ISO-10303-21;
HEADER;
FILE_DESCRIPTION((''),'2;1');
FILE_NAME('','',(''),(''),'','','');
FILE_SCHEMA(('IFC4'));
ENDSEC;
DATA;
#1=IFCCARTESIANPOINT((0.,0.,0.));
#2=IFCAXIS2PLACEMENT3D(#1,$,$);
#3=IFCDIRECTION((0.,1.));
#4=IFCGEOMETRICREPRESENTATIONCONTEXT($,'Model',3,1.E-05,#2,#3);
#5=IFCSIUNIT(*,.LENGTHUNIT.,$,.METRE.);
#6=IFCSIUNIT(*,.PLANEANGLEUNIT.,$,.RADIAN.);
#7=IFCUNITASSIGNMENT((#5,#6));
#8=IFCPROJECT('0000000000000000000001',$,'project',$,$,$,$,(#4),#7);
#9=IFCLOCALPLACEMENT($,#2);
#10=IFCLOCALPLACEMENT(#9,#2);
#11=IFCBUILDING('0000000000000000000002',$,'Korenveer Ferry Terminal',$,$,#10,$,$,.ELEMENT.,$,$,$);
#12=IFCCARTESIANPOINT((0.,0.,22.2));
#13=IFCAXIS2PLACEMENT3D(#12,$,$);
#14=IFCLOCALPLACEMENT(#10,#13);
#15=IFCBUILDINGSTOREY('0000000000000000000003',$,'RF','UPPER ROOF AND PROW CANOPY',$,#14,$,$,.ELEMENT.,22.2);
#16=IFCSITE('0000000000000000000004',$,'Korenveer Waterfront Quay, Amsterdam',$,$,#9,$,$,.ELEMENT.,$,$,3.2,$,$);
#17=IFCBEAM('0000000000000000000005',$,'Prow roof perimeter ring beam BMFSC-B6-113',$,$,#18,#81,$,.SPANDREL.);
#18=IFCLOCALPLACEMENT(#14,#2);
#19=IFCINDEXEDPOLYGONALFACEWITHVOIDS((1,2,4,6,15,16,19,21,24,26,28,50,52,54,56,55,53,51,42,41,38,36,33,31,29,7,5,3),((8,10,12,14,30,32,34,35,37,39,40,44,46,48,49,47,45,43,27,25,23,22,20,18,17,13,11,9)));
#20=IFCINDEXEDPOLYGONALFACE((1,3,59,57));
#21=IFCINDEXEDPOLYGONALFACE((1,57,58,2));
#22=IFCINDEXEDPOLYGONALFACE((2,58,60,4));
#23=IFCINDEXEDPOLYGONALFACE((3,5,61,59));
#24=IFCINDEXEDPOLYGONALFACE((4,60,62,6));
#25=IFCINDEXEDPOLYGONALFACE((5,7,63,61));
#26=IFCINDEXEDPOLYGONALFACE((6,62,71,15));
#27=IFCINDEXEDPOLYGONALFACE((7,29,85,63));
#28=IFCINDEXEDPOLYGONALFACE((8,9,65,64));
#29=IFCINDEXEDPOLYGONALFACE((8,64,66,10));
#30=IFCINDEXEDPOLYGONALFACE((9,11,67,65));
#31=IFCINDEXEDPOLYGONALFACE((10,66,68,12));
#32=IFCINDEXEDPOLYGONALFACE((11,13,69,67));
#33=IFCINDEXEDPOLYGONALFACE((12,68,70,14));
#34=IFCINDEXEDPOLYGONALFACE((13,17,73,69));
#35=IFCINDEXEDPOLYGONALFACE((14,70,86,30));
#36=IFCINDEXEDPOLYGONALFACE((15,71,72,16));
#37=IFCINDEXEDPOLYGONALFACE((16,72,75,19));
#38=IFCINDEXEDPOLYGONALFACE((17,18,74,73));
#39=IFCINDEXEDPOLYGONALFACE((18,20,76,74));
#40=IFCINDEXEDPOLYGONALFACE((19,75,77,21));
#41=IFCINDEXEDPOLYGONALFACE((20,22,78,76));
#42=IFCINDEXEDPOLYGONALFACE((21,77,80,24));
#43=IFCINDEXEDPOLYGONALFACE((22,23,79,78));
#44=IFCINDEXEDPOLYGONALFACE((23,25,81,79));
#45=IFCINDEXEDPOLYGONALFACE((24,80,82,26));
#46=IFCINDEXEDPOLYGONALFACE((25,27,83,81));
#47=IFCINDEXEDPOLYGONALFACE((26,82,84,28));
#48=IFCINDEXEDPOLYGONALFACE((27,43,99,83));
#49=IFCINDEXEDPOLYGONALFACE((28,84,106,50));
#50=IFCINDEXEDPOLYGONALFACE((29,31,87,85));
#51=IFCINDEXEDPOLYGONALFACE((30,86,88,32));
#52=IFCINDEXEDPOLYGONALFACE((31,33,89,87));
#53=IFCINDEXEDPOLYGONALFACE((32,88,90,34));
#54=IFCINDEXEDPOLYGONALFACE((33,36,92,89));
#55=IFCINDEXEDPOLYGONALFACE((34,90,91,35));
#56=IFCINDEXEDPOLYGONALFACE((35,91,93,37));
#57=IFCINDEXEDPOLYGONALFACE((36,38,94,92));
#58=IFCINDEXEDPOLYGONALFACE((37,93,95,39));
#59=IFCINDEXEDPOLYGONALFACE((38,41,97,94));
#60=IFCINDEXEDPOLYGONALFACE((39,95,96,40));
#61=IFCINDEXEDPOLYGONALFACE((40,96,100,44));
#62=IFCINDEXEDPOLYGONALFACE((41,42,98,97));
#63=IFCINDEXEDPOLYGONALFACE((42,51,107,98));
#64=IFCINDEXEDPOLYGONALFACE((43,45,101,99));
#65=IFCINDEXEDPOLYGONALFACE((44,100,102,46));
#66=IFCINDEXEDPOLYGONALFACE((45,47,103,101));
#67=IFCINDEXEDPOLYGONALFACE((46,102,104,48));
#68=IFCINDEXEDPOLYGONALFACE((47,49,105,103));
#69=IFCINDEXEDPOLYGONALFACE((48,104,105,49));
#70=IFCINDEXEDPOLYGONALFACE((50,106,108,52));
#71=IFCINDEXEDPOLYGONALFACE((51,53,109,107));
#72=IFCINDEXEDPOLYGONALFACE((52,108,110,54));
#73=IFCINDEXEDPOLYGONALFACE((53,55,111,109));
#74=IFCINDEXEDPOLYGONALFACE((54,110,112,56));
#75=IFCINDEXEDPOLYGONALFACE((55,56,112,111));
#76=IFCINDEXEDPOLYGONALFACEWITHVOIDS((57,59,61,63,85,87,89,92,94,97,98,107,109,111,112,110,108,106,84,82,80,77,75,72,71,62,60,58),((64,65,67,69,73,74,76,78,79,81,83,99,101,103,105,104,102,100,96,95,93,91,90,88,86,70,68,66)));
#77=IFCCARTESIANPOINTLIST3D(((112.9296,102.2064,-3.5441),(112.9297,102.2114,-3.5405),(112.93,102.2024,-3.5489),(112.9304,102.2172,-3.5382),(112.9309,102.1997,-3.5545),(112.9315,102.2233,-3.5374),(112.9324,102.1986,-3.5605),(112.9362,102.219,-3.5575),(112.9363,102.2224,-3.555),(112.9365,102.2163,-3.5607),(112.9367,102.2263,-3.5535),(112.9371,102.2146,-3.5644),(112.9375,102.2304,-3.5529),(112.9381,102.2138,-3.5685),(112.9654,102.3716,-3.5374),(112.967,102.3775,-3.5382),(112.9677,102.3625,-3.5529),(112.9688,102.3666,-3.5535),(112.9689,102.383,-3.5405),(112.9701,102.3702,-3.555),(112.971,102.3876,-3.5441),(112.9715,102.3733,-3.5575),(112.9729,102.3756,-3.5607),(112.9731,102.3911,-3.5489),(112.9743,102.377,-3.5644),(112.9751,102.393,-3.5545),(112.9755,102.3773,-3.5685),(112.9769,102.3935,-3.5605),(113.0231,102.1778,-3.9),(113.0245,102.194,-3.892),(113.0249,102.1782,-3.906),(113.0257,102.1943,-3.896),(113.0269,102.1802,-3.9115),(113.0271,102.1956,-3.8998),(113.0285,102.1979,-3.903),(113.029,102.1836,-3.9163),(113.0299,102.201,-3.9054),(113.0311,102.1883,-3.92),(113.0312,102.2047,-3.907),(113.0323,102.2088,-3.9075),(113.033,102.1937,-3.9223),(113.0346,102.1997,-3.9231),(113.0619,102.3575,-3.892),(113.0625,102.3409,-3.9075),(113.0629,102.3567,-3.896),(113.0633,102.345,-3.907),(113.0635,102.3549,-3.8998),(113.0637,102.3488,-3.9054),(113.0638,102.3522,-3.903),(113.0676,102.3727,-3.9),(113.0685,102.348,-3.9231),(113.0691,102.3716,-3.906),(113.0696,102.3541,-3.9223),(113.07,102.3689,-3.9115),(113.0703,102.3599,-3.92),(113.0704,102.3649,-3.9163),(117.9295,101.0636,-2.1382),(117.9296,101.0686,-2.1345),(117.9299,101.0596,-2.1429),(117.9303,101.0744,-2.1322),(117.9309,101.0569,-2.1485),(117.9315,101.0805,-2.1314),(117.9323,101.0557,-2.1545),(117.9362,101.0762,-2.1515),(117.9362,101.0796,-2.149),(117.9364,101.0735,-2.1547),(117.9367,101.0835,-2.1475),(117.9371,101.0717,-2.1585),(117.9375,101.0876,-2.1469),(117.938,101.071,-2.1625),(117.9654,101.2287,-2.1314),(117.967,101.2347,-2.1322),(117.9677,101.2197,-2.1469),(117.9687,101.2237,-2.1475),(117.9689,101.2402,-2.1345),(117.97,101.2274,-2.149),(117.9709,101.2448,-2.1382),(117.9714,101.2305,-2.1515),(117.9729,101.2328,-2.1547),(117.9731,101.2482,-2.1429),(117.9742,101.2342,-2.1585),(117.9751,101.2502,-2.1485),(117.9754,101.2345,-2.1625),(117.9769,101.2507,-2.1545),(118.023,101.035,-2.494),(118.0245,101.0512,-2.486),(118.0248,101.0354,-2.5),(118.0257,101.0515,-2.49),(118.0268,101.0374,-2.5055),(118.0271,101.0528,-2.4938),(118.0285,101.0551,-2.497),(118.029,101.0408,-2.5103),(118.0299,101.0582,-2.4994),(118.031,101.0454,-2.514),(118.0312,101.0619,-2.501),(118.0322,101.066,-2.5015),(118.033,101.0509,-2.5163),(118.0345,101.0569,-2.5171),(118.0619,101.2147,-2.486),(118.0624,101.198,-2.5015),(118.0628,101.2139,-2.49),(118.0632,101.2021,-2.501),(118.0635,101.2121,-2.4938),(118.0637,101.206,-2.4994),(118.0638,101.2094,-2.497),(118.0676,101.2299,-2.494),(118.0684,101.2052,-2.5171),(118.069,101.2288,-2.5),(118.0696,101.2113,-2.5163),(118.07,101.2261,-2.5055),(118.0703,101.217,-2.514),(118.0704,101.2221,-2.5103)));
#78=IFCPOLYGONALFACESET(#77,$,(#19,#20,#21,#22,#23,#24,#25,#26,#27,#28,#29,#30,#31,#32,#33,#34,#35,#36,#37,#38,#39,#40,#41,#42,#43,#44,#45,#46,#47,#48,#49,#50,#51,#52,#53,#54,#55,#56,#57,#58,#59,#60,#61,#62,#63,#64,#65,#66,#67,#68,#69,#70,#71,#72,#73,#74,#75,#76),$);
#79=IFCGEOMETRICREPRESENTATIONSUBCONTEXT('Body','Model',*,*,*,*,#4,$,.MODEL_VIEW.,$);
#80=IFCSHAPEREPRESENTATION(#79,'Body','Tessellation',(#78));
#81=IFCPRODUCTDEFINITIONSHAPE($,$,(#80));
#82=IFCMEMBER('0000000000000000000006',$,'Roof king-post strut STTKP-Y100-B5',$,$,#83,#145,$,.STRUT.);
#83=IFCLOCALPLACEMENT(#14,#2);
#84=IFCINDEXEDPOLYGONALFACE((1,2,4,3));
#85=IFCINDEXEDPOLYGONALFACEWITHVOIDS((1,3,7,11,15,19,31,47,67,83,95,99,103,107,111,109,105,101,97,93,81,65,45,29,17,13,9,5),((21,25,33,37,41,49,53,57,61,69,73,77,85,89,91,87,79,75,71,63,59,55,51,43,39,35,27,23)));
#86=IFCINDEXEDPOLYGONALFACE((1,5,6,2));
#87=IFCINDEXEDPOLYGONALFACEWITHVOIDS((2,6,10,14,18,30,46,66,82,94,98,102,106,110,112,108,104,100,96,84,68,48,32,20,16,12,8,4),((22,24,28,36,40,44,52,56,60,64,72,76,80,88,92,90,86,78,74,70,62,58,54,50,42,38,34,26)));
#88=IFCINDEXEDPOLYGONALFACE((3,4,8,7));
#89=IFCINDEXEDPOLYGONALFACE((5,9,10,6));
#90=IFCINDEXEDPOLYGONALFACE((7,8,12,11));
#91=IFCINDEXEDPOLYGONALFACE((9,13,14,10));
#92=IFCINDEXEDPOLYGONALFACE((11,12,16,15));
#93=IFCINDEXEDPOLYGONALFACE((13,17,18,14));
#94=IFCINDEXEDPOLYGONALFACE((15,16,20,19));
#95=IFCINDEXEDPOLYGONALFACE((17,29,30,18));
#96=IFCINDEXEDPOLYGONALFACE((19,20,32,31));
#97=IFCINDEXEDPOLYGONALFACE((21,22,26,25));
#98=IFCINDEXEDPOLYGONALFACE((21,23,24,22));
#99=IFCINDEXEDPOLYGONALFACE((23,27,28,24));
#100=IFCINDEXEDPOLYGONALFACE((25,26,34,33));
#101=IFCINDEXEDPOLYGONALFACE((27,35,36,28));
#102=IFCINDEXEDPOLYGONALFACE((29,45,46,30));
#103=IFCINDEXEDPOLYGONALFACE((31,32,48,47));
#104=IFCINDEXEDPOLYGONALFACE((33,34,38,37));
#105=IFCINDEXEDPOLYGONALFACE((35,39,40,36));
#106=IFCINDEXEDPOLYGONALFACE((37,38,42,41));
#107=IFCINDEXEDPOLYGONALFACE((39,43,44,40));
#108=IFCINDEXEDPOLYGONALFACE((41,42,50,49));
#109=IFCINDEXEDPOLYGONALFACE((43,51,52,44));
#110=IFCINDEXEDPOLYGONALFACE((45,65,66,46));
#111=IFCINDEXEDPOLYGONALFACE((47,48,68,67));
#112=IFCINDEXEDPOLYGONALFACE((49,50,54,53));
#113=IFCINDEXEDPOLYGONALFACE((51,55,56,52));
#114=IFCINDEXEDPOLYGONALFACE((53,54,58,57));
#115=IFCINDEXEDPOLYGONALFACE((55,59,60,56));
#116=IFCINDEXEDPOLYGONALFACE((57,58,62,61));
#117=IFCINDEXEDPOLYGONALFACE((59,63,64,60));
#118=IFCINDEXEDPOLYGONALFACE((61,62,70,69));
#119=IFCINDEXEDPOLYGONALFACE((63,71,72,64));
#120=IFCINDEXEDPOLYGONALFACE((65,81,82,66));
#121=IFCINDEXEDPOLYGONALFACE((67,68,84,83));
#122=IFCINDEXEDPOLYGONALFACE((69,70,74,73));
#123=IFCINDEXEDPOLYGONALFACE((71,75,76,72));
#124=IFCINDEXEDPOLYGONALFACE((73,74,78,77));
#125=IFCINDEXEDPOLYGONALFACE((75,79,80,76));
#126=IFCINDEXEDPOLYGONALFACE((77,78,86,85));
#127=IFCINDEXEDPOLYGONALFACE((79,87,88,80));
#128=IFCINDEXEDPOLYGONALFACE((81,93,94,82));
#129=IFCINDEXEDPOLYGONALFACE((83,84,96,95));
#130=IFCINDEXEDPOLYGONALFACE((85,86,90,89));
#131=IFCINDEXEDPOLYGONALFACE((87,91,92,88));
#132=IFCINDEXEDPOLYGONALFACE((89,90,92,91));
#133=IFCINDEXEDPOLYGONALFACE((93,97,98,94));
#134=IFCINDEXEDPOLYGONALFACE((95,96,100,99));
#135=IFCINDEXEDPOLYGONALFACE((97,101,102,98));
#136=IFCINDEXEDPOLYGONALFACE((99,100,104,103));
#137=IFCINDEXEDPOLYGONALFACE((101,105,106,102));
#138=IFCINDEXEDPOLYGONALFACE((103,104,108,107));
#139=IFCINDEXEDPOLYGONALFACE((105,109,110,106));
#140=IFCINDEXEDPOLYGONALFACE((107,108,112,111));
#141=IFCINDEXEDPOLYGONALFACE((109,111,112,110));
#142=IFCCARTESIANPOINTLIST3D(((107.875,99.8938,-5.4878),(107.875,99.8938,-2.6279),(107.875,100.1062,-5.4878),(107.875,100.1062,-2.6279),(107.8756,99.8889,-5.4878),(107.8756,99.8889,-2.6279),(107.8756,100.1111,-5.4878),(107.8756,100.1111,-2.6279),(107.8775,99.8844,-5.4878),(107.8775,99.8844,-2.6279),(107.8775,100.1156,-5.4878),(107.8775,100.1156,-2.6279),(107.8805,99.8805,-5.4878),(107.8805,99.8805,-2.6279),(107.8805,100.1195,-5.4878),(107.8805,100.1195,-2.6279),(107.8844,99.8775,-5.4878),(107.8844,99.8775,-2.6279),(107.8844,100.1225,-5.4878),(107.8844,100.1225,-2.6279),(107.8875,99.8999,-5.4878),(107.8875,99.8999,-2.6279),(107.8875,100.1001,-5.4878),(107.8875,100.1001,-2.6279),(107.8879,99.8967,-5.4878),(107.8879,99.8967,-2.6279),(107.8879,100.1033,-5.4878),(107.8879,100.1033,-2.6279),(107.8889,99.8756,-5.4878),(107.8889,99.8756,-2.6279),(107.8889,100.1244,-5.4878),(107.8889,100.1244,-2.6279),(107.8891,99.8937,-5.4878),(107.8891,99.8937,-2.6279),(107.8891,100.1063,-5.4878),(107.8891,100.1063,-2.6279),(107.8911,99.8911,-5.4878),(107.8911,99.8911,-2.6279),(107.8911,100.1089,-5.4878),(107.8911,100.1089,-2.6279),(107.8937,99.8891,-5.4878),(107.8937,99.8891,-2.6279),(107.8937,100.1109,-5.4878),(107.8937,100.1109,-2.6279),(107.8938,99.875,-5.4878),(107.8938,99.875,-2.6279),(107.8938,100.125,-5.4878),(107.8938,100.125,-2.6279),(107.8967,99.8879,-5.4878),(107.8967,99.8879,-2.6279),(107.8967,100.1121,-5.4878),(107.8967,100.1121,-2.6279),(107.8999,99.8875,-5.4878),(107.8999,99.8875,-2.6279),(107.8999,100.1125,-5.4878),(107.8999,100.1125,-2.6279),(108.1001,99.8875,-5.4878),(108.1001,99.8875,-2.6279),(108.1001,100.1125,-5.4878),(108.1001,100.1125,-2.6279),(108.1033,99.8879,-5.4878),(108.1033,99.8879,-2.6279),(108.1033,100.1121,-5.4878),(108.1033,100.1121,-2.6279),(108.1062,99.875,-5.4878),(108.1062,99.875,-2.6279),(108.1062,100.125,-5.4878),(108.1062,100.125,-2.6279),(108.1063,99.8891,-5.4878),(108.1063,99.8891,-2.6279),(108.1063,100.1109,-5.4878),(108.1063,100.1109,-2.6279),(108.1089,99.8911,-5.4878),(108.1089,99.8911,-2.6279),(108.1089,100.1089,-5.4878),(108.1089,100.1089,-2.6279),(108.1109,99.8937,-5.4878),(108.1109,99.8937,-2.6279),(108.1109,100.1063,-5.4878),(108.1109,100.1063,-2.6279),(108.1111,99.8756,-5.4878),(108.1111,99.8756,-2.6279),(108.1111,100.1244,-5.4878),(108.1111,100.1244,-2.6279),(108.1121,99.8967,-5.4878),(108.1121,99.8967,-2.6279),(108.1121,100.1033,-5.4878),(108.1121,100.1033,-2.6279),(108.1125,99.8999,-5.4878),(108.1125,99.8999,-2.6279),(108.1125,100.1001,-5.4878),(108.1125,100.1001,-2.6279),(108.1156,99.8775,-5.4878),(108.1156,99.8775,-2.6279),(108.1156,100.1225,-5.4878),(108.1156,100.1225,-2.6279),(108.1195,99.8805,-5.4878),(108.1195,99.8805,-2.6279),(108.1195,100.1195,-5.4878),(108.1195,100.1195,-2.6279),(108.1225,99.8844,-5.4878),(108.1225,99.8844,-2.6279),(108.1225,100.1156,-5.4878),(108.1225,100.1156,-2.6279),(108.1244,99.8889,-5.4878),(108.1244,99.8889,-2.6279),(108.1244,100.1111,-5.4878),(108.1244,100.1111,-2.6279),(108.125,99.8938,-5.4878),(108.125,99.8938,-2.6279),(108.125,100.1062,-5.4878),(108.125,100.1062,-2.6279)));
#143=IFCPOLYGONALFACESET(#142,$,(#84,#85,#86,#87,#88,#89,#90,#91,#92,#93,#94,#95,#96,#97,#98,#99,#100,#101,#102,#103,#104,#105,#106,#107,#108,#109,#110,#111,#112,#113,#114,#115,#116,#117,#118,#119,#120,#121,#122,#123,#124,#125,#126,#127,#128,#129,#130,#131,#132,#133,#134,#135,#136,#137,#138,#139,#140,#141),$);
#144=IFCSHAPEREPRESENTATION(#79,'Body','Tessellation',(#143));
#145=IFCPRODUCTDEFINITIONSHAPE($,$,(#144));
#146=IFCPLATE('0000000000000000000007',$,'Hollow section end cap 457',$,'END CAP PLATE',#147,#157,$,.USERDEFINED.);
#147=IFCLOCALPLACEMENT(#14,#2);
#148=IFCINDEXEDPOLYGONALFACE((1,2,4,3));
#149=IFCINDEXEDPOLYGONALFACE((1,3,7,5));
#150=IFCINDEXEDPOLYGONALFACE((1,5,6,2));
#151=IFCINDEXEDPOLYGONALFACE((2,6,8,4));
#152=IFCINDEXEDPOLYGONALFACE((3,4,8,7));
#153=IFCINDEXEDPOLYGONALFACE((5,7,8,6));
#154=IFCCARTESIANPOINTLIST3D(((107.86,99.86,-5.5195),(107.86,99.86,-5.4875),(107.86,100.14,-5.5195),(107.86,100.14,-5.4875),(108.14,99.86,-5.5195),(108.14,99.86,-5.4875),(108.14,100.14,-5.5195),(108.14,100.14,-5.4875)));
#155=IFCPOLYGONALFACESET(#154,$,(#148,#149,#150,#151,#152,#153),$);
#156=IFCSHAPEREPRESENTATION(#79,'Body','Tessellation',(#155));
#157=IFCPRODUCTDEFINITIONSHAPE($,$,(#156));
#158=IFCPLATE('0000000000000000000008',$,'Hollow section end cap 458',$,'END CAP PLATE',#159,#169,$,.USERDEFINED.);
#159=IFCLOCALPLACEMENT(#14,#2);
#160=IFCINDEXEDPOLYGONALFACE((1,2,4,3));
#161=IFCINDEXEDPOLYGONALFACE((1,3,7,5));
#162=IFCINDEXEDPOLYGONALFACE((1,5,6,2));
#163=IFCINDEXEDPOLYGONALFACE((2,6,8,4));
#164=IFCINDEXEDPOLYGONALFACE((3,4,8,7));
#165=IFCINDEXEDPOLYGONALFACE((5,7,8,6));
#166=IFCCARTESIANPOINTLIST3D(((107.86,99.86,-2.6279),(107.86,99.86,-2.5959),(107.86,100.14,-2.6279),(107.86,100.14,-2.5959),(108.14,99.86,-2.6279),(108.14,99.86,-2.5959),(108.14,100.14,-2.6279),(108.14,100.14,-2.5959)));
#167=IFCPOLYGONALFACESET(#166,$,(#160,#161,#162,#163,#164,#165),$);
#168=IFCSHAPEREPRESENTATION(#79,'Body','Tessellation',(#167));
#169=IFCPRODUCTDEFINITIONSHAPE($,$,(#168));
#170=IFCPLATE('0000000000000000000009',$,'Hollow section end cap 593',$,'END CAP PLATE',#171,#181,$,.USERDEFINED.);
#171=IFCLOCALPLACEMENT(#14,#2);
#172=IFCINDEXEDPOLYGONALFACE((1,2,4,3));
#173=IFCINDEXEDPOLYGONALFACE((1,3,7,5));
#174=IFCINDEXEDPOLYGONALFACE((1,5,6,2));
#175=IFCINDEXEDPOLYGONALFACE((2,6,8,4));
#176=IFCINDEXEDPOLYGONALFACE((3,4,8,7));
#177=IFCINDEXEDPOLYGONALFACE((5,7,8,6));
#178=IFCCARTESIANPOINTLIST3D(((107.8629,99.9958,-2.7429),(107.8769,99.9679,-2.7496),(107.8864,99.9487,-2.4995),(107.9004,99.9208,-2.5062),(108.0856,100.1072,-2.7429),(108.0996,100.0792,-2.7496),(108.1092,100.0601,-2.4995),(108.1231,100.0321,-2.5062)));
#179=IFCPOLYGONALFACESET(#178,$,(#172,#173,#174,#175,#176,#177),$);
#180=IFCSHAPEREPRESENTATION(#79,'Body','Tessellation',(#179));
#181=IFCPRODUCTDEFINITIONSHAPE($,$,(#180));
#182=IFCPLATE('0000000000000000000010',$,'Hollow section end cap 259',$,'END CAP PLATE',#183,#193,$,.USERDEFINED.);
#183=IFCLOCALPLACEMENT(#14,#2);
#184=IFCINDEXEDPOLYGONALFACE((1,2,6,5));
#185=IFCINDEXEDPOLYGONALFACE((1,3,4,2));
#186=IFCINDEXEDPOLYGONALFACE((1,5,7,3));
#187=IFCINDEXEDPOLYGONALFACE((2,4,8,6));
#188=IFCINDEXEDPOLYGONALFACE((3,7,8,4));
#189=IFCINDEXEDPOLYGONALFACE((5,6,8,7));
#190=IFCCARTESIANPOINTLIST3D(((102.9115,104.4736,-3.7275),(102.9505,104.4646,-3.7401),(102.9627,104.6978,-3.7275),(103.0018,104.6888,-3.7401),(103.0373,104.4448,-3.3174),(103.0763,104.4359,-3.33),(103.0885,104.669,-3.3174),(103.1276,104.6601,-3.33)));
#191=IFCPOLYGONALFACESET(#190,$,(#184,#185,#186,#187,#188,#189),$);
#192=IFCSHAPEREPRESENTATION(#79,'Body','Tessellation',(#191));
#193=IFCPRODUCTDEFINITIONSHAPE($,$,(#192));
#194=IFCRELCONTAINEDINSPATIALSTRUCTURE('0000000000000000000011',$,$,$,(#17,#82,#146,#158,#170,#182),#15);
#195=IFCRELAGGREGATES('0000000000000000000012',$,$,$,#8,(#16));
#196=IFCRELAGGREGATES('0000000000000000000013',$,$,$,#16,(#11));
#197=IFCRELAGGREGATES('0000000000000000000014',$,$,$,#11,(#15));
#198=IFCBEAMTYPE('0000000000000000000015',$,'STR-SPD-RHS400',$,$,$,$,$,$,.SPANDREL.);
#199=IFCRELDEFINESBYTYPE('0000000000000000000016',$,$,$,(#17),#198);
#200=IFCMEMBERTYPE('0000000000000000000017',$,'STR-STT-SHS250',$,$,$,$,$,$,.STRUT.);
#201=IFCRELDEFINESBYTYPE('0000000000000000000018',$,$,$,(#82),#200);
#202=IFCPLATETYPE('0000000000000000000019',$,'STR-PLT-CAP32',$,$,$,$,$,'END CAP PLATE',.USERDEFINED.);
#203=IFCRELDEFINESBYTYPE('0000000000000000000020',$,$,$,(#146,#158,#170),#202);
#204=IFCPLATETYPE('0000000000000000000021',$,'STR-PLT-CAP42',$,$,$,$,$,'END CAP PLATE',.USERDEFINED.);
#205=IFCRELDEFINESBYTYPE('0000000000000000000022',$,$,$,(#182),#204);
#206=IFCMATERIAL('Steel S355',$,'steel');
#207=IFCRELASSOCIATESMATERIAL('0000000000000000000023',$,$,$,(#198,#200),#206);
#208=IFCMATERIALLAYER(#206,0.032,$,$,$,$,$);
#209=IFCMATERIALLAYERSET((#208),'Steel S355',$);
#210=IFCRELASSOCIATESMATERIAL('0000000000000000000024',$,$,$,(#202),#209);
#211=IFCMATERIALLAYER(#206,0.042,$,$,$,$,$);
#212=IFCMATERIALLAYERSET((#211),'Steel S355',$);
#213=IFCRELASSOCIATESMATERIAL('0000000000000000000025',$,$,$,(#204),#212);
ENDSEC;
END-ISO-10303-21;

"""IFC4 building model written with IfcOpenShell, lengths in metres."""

from ifc_helpers import new_model, si_unit, direction, frame, origin, origin_2d, place, context, subcontext, project, spatial, rectangle, hollow_rectangle, extrude, material, layer, layer_set, material_profile, profile_set, type_object, element, save


model = new_model("IFC4")

# Units and contexts
model_context = context("Model", 3, precision=1e-05, world=origin(), true_north=direction((0.0, 1.0)))
body_context = subcontext(model_context, "Body", "Model", "MODEL_VIEW")
ifc_project = project(units=[si_unit("LENGTHUNIT", "METRE"), si_unit("PLANEANGLEUNIT", "RADIAN")], contexts=[model_context])

# Site, building, storey
site_placement = place(None, origin())
site = spatial("IfcSite", under=ifc_project, at=site_placement, Name="Korenveer Waterfront Quay, Amsterdam", CompositionType="ELEMENT", RefElevation=3.2)
building_placement = place(site_placement, origin())
building = spatial("IfcBuilding", under=site, at=building_placement, Name="Korenveer Ferry Terminal", CompositionType="ELEMENT")
storey_placement = place(building_placement, frame((0.0, 0.0, 22.2)))
storey = spatial("IfcBuildingStorey", under=building, at=storey_placement, Name="RF", Description="UPPER ROOF AND PROW CANOPY", CompositionType="ELEMENT", Elevation=22.2)

# Shared definitions
ifc_material_1 = material(Name="Steel S355", Category="steel")

# Beam
ifc_material_profile_1 = material_profile(ifc_material_1, hollow_rectangle(XDim=0.2, YDim=0.3999, WallThickness=0.0161, InnerFilletRadius=0.0161, OuterFilletRadius=0.0239, at=origin_2d()), Name="RHS 400x200x16")
ifc_profile_set_1 = profile_set([ifc_material_profile_1], Name="Steel S355")
beam_type_1 = type_object("IfcBeamType", Name="STR-SPD-RHS400", PredefinedType="SPANDREL", material=ifc_profile_set_1)
beam_1_placement = place(storey_placement, frame((113.0, 102.2856, -3.7302), z_axis=(0.940174, -0.21489, 0.264378), x_axis=(0.222818, 0.97486, 0.0)))
element("IfcBeam", 1, at=beam_1_placement, inside=storey, type_object=beam_type_1, Name="Prow roof perimeter ring beam BMFSC-B6-113", PredefinedType="SPANDREL", context=body_context, shape_type="SweptSolid", body=[
    extrude(hollow_rectangle(XDim=0.2, YDim=0.3999, WallThickness=0.0161, InnerFilletRadius=0.0161, OuterFilletRadius=0.0239, at=origin_2d()), origin(), (0.0, 0.0, 1.0), 5.3181),
])

# Member
ifc_material_profile_2 = material_profile(ifc_material_1, hollow_rectangle(XDim=0.25, YDim=0.25, WallThickness=0.0125, InnerFilletRadius=0.0125, OuterFilletRadius=0.0188, at=origin_2d()), Name="SHS 250x250x12.5")
ifc_profile_set_2 = profile_set([ifc_material_profile_2], Name="Steel S355")
member_type_1 = type_object("IfcMemberType", Name="STR-STT-SHS250", PredefinedType="STRUT", material=ifc_profile_set_2)
member_placement = place(storey_placement, frame((108.0, 100.0, -5.4878), z_axis=(0.0, 0.0, 1.0), x_axis=(1.0, 0.0, 0.0)))
element("IfcMember", 2, at=member_placement, inside=storey, type_object=member_type_1, Name="Roof king-post strut STTKP-Y100-B5", PredefinedType="STRUT", context=body_context, shape_type="SweptSolid", body=[
    extrude(hollow_rectangle(XDim=0.25, YDim=0.25, WallThickness=0.0125, InnerFilletRadius=0.0125, OuterFilletRadius=0.0188, at=origin_2d()), origin(), (0.0, 0.0, 1.0), 2.8599),
])

# Plates
ifc_layer_1 = layer(ifc_material_1, 0.032)
ifc_layer_set_1 = layer_set([ifc_layer_1], Name="Steel S355")
plate_type_1 = type_object("IfcPlateType", Name="STR-PLT-CAP32", ElementType="END CAP PLATE", PredefinedType="USERDEFINED", material=ifc_layer_set_1)
for number, where, z_axis, x_axis, name in (
    (3, (108.0, 100.0, -5.5195), (0.0, 0.0, 1.0), (1.0, 0.0, 0.0), "Hollow section end cap 457"),
    (4, (108.0, 100.0, -2.6279), (0.0, 0.0, 1.0), (1.0, 0.0, 0.0), "Hollow section end cap 458"),
):
    element("IfcPlate", number, at=place(storey_placement, frame(where, z_axis=z_axis, x_axis=x_axis)), inside=storey, type_object=plate_type_1, Name=name, ObjectType="END CAP PLATE", PredefinedType="USERDEFINED", context=body_context, shape_type="SweptSolid", body=[
        extrude(rectangle(XDim=0.28, YDim=0.28, at=origin_2d()), origin(), (0.0, 0.0, 1.0), 0.032),
    ])
plate_1_placement = place(storey_placement, frame((108.0, 100.0, -2.6279), z_axis=(-0.43711, 0.874221, 0.21136), x_axis=(-0.894427, -0.447214, 0.0)))
element("IfcPlate", 5, at=plate_1_placement, inside=storey, type_object=plate_type_1, Name="Hollow section end cap 593", ObjectType="END CAP PLATE", PredefinedType="USERDEFINED", context=body_context, shape_type="SweptSolid", body=[
    extrude(rectangle(XDim=0.249, YDim=0.249, at=origin_2d()), origin(), (0.0, 0.0, 1.0), 0.032),
])
ifc_layer_2 = layer(ifc_material_1, 0.042)
ifc_layer_set_2 = layer_set([ifc_layer_2], Name="Steel S355")
plate_type_2 = type_object("IfcPlateType", Name="STR-PLT-CAP42", ElementType="END CAP PLATE", PredefinedType="USERDEFINED", material=ifc_layer_set_2)
for number, where, z_axis, x_axis, name in (
    (6, (103.0, 104.5713, -3.5225), (0.92993, -0.212555, -0.300085), (0.222825, 0.974859, 0.0), "Hollow section end cap 259"),
):
    element("IfcPlate", number, at=place(storey_placement, frame(where, z_axis=z_axis, x_axis=x_axis)), inside=storey, type_object=plate_type_2, Name=name, ObjectType="END CAP PLATE", PredefinedType="USERDEFINED", context=body_context, shape_type="SweptSolid", body=[
        extrude(rectangle(XDim=0.23, YDim=0.4299, at=origin_2d()), origin(), (0.0, 0.0, 1.0), 0.042),
    ])

save(model, "model.ifc")
